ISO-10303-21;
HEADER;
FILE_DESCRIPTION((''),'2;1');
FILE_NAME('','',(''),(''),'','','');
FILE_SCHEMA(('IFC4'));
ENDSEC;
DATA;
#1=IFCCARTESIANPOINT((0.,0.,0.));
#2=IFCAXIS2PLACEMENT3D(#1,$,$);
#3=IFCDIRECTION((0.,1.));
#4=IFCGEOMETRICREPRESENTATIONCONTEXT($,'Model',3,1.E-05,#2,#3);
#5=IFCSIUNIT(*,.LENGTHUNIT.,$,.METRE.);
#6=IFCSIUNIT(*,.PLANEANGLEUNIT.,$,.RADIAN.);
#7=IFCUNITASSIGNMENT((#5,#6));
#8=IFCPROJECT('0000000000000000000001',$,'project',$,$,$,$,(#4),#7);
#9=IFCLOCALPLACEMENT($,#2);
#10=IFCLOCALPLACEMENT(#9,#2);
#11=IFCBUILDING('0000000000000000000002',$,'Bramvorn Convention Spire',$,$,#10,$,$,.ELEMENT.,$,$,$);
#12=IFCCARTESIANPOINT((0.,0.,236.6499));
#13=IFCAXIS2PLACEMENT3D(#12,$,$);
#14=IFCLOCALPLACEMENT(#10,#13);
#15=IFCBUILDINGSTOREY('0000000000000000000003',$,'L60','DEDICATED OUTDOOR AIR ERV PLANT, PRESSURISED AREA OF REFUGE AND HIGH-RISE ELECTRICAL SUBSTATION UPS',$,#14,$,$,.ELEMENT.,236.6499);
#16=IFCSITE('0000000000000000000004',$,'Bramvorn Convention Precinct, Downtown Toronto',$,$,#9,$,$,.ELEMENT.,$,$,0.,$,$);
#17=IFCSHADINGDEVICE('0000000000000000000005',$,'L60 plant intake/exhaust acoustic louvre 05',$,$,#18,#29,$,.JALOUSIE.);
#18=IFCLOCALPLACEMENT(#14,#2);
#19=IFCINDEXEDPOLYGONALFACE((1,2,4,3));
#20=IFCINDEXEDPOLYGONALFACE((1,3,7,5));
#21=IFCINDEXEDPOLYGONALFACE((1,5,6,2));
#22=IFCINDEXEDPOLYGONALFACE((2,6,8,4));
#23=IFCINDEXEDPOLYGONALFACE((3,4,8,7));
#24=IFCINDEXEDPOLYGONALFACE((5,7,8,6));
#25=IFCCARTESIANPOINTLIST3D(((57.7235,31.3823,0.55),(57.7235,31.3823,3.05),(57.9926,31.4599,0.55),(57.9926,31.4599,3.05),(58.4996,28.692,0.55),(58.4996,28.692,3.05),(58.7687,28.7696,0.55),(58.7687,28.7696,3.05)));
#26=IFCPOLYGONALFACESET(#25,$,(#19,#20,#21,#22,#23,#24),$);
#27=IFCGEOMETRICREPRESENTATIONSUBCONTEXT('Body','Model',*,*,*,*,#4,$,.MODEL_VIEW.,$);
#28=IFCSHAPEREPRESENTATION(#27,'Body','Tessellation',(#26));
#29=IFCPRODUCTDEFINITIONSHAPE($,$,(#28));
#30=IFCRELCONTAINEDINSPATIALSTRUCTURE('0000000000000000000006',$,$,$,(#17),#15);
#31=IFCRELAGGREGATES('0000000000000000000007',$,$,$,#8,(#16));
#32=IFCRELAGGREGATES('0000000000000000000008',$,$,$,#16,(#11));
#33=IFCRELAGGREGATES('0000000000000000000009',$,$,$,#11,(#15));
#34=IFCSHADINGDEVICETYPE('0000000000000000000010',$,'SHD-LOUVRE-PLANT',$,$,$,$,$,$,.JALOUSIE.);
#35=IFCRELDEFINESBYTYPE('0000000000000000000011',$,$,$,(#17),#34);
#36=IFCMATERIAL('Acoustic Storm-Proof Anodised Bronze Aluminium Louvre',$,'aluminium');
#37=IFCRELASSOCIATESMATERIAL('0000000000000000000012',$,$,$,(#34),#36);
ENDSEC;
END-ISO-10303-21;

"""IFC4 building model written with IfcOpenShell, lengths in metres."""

from ifc_helpers import new_model, si_unit, direction, frame, origin, origin_2d, place, context, subcontext, project, spatial, rectangle, extrude, material, type_object, element, save


model = new_model("IFC4")

# Units and contexts
model_context = context("Model", 3, precision=1e-05, world=origin(), true_north=direction((0.0, 1.0)))
body_context = subcontext(model_context, "Body", "Model", "MODEL_VIEW")
ifc_project = project(units=[si_unit("LENGTHUNIT", "METRE"), si_unit("PLANEANGLEUNIT", "RADIAN")], contexts=[model_context])

# Site, building, storey
site_placement = place(None, origin())
site = spatial("IfcSite", under=ifc_project, at=site_placement, Name="Bramvorn Convention Precinct, Downtown Toronto", CompositionType="ELEMENT", RefElevation=0.0)
building_placement = place(site_placement, origin())
building = spatial("IfcBuilding", under=site, at=building_placement, Name="Bramvorn Convention Spire", CompositionType="ELEMENT")
storey_placement = place(building_placement, frame((0.0, 0.0, 236.6499)))
storey = spatial("IfcBuildingStorey", under=building, at=storey_placement, Name="L60", Description="DEDICATED OUTDOOR AIR ERV PLANT, PRESSURISED AREA OF REFUGE AND HIGH-RISE ELECTRICAL SUBSTATION UPS", CompositionType="ELEMENT", Elevation=236.6499)

# Shading device
ifc_material_1 = material(Name="Acoustic Storm-Proof Anodised Bronze Aluminium Louvre", Category="aluminium")
shading_device_type = type_object("IfcShadingDeviceType", Name="SHD-LOUVRE-PLANT", PredefinedType="JALOUSIE", material=ifc_material_1)
shading_device_placement = place(storey_placement, frame((58.2461, 30.0759, 0.55), z_axis=(0.0, 0.0, 1.0), x_axis=(0.277189, -0.960815, 0.0)))
element("IfcShadingDevice", 1, at=shading_device_placement, inside=storey, type_object=shading_device_type, Name="L60 plant intake/exhaust acoustic louvre 05", PredefinedType="JALOUSIE", context=body_context, shape_type="SweptSolid", body=[
    extrude(rectangle(XDim=2.8, YDim=0.28, at=origin_2d()), origin(), (0.0, 0.0, 1.0), 2.5),
])

save(model, "model.ifc")
